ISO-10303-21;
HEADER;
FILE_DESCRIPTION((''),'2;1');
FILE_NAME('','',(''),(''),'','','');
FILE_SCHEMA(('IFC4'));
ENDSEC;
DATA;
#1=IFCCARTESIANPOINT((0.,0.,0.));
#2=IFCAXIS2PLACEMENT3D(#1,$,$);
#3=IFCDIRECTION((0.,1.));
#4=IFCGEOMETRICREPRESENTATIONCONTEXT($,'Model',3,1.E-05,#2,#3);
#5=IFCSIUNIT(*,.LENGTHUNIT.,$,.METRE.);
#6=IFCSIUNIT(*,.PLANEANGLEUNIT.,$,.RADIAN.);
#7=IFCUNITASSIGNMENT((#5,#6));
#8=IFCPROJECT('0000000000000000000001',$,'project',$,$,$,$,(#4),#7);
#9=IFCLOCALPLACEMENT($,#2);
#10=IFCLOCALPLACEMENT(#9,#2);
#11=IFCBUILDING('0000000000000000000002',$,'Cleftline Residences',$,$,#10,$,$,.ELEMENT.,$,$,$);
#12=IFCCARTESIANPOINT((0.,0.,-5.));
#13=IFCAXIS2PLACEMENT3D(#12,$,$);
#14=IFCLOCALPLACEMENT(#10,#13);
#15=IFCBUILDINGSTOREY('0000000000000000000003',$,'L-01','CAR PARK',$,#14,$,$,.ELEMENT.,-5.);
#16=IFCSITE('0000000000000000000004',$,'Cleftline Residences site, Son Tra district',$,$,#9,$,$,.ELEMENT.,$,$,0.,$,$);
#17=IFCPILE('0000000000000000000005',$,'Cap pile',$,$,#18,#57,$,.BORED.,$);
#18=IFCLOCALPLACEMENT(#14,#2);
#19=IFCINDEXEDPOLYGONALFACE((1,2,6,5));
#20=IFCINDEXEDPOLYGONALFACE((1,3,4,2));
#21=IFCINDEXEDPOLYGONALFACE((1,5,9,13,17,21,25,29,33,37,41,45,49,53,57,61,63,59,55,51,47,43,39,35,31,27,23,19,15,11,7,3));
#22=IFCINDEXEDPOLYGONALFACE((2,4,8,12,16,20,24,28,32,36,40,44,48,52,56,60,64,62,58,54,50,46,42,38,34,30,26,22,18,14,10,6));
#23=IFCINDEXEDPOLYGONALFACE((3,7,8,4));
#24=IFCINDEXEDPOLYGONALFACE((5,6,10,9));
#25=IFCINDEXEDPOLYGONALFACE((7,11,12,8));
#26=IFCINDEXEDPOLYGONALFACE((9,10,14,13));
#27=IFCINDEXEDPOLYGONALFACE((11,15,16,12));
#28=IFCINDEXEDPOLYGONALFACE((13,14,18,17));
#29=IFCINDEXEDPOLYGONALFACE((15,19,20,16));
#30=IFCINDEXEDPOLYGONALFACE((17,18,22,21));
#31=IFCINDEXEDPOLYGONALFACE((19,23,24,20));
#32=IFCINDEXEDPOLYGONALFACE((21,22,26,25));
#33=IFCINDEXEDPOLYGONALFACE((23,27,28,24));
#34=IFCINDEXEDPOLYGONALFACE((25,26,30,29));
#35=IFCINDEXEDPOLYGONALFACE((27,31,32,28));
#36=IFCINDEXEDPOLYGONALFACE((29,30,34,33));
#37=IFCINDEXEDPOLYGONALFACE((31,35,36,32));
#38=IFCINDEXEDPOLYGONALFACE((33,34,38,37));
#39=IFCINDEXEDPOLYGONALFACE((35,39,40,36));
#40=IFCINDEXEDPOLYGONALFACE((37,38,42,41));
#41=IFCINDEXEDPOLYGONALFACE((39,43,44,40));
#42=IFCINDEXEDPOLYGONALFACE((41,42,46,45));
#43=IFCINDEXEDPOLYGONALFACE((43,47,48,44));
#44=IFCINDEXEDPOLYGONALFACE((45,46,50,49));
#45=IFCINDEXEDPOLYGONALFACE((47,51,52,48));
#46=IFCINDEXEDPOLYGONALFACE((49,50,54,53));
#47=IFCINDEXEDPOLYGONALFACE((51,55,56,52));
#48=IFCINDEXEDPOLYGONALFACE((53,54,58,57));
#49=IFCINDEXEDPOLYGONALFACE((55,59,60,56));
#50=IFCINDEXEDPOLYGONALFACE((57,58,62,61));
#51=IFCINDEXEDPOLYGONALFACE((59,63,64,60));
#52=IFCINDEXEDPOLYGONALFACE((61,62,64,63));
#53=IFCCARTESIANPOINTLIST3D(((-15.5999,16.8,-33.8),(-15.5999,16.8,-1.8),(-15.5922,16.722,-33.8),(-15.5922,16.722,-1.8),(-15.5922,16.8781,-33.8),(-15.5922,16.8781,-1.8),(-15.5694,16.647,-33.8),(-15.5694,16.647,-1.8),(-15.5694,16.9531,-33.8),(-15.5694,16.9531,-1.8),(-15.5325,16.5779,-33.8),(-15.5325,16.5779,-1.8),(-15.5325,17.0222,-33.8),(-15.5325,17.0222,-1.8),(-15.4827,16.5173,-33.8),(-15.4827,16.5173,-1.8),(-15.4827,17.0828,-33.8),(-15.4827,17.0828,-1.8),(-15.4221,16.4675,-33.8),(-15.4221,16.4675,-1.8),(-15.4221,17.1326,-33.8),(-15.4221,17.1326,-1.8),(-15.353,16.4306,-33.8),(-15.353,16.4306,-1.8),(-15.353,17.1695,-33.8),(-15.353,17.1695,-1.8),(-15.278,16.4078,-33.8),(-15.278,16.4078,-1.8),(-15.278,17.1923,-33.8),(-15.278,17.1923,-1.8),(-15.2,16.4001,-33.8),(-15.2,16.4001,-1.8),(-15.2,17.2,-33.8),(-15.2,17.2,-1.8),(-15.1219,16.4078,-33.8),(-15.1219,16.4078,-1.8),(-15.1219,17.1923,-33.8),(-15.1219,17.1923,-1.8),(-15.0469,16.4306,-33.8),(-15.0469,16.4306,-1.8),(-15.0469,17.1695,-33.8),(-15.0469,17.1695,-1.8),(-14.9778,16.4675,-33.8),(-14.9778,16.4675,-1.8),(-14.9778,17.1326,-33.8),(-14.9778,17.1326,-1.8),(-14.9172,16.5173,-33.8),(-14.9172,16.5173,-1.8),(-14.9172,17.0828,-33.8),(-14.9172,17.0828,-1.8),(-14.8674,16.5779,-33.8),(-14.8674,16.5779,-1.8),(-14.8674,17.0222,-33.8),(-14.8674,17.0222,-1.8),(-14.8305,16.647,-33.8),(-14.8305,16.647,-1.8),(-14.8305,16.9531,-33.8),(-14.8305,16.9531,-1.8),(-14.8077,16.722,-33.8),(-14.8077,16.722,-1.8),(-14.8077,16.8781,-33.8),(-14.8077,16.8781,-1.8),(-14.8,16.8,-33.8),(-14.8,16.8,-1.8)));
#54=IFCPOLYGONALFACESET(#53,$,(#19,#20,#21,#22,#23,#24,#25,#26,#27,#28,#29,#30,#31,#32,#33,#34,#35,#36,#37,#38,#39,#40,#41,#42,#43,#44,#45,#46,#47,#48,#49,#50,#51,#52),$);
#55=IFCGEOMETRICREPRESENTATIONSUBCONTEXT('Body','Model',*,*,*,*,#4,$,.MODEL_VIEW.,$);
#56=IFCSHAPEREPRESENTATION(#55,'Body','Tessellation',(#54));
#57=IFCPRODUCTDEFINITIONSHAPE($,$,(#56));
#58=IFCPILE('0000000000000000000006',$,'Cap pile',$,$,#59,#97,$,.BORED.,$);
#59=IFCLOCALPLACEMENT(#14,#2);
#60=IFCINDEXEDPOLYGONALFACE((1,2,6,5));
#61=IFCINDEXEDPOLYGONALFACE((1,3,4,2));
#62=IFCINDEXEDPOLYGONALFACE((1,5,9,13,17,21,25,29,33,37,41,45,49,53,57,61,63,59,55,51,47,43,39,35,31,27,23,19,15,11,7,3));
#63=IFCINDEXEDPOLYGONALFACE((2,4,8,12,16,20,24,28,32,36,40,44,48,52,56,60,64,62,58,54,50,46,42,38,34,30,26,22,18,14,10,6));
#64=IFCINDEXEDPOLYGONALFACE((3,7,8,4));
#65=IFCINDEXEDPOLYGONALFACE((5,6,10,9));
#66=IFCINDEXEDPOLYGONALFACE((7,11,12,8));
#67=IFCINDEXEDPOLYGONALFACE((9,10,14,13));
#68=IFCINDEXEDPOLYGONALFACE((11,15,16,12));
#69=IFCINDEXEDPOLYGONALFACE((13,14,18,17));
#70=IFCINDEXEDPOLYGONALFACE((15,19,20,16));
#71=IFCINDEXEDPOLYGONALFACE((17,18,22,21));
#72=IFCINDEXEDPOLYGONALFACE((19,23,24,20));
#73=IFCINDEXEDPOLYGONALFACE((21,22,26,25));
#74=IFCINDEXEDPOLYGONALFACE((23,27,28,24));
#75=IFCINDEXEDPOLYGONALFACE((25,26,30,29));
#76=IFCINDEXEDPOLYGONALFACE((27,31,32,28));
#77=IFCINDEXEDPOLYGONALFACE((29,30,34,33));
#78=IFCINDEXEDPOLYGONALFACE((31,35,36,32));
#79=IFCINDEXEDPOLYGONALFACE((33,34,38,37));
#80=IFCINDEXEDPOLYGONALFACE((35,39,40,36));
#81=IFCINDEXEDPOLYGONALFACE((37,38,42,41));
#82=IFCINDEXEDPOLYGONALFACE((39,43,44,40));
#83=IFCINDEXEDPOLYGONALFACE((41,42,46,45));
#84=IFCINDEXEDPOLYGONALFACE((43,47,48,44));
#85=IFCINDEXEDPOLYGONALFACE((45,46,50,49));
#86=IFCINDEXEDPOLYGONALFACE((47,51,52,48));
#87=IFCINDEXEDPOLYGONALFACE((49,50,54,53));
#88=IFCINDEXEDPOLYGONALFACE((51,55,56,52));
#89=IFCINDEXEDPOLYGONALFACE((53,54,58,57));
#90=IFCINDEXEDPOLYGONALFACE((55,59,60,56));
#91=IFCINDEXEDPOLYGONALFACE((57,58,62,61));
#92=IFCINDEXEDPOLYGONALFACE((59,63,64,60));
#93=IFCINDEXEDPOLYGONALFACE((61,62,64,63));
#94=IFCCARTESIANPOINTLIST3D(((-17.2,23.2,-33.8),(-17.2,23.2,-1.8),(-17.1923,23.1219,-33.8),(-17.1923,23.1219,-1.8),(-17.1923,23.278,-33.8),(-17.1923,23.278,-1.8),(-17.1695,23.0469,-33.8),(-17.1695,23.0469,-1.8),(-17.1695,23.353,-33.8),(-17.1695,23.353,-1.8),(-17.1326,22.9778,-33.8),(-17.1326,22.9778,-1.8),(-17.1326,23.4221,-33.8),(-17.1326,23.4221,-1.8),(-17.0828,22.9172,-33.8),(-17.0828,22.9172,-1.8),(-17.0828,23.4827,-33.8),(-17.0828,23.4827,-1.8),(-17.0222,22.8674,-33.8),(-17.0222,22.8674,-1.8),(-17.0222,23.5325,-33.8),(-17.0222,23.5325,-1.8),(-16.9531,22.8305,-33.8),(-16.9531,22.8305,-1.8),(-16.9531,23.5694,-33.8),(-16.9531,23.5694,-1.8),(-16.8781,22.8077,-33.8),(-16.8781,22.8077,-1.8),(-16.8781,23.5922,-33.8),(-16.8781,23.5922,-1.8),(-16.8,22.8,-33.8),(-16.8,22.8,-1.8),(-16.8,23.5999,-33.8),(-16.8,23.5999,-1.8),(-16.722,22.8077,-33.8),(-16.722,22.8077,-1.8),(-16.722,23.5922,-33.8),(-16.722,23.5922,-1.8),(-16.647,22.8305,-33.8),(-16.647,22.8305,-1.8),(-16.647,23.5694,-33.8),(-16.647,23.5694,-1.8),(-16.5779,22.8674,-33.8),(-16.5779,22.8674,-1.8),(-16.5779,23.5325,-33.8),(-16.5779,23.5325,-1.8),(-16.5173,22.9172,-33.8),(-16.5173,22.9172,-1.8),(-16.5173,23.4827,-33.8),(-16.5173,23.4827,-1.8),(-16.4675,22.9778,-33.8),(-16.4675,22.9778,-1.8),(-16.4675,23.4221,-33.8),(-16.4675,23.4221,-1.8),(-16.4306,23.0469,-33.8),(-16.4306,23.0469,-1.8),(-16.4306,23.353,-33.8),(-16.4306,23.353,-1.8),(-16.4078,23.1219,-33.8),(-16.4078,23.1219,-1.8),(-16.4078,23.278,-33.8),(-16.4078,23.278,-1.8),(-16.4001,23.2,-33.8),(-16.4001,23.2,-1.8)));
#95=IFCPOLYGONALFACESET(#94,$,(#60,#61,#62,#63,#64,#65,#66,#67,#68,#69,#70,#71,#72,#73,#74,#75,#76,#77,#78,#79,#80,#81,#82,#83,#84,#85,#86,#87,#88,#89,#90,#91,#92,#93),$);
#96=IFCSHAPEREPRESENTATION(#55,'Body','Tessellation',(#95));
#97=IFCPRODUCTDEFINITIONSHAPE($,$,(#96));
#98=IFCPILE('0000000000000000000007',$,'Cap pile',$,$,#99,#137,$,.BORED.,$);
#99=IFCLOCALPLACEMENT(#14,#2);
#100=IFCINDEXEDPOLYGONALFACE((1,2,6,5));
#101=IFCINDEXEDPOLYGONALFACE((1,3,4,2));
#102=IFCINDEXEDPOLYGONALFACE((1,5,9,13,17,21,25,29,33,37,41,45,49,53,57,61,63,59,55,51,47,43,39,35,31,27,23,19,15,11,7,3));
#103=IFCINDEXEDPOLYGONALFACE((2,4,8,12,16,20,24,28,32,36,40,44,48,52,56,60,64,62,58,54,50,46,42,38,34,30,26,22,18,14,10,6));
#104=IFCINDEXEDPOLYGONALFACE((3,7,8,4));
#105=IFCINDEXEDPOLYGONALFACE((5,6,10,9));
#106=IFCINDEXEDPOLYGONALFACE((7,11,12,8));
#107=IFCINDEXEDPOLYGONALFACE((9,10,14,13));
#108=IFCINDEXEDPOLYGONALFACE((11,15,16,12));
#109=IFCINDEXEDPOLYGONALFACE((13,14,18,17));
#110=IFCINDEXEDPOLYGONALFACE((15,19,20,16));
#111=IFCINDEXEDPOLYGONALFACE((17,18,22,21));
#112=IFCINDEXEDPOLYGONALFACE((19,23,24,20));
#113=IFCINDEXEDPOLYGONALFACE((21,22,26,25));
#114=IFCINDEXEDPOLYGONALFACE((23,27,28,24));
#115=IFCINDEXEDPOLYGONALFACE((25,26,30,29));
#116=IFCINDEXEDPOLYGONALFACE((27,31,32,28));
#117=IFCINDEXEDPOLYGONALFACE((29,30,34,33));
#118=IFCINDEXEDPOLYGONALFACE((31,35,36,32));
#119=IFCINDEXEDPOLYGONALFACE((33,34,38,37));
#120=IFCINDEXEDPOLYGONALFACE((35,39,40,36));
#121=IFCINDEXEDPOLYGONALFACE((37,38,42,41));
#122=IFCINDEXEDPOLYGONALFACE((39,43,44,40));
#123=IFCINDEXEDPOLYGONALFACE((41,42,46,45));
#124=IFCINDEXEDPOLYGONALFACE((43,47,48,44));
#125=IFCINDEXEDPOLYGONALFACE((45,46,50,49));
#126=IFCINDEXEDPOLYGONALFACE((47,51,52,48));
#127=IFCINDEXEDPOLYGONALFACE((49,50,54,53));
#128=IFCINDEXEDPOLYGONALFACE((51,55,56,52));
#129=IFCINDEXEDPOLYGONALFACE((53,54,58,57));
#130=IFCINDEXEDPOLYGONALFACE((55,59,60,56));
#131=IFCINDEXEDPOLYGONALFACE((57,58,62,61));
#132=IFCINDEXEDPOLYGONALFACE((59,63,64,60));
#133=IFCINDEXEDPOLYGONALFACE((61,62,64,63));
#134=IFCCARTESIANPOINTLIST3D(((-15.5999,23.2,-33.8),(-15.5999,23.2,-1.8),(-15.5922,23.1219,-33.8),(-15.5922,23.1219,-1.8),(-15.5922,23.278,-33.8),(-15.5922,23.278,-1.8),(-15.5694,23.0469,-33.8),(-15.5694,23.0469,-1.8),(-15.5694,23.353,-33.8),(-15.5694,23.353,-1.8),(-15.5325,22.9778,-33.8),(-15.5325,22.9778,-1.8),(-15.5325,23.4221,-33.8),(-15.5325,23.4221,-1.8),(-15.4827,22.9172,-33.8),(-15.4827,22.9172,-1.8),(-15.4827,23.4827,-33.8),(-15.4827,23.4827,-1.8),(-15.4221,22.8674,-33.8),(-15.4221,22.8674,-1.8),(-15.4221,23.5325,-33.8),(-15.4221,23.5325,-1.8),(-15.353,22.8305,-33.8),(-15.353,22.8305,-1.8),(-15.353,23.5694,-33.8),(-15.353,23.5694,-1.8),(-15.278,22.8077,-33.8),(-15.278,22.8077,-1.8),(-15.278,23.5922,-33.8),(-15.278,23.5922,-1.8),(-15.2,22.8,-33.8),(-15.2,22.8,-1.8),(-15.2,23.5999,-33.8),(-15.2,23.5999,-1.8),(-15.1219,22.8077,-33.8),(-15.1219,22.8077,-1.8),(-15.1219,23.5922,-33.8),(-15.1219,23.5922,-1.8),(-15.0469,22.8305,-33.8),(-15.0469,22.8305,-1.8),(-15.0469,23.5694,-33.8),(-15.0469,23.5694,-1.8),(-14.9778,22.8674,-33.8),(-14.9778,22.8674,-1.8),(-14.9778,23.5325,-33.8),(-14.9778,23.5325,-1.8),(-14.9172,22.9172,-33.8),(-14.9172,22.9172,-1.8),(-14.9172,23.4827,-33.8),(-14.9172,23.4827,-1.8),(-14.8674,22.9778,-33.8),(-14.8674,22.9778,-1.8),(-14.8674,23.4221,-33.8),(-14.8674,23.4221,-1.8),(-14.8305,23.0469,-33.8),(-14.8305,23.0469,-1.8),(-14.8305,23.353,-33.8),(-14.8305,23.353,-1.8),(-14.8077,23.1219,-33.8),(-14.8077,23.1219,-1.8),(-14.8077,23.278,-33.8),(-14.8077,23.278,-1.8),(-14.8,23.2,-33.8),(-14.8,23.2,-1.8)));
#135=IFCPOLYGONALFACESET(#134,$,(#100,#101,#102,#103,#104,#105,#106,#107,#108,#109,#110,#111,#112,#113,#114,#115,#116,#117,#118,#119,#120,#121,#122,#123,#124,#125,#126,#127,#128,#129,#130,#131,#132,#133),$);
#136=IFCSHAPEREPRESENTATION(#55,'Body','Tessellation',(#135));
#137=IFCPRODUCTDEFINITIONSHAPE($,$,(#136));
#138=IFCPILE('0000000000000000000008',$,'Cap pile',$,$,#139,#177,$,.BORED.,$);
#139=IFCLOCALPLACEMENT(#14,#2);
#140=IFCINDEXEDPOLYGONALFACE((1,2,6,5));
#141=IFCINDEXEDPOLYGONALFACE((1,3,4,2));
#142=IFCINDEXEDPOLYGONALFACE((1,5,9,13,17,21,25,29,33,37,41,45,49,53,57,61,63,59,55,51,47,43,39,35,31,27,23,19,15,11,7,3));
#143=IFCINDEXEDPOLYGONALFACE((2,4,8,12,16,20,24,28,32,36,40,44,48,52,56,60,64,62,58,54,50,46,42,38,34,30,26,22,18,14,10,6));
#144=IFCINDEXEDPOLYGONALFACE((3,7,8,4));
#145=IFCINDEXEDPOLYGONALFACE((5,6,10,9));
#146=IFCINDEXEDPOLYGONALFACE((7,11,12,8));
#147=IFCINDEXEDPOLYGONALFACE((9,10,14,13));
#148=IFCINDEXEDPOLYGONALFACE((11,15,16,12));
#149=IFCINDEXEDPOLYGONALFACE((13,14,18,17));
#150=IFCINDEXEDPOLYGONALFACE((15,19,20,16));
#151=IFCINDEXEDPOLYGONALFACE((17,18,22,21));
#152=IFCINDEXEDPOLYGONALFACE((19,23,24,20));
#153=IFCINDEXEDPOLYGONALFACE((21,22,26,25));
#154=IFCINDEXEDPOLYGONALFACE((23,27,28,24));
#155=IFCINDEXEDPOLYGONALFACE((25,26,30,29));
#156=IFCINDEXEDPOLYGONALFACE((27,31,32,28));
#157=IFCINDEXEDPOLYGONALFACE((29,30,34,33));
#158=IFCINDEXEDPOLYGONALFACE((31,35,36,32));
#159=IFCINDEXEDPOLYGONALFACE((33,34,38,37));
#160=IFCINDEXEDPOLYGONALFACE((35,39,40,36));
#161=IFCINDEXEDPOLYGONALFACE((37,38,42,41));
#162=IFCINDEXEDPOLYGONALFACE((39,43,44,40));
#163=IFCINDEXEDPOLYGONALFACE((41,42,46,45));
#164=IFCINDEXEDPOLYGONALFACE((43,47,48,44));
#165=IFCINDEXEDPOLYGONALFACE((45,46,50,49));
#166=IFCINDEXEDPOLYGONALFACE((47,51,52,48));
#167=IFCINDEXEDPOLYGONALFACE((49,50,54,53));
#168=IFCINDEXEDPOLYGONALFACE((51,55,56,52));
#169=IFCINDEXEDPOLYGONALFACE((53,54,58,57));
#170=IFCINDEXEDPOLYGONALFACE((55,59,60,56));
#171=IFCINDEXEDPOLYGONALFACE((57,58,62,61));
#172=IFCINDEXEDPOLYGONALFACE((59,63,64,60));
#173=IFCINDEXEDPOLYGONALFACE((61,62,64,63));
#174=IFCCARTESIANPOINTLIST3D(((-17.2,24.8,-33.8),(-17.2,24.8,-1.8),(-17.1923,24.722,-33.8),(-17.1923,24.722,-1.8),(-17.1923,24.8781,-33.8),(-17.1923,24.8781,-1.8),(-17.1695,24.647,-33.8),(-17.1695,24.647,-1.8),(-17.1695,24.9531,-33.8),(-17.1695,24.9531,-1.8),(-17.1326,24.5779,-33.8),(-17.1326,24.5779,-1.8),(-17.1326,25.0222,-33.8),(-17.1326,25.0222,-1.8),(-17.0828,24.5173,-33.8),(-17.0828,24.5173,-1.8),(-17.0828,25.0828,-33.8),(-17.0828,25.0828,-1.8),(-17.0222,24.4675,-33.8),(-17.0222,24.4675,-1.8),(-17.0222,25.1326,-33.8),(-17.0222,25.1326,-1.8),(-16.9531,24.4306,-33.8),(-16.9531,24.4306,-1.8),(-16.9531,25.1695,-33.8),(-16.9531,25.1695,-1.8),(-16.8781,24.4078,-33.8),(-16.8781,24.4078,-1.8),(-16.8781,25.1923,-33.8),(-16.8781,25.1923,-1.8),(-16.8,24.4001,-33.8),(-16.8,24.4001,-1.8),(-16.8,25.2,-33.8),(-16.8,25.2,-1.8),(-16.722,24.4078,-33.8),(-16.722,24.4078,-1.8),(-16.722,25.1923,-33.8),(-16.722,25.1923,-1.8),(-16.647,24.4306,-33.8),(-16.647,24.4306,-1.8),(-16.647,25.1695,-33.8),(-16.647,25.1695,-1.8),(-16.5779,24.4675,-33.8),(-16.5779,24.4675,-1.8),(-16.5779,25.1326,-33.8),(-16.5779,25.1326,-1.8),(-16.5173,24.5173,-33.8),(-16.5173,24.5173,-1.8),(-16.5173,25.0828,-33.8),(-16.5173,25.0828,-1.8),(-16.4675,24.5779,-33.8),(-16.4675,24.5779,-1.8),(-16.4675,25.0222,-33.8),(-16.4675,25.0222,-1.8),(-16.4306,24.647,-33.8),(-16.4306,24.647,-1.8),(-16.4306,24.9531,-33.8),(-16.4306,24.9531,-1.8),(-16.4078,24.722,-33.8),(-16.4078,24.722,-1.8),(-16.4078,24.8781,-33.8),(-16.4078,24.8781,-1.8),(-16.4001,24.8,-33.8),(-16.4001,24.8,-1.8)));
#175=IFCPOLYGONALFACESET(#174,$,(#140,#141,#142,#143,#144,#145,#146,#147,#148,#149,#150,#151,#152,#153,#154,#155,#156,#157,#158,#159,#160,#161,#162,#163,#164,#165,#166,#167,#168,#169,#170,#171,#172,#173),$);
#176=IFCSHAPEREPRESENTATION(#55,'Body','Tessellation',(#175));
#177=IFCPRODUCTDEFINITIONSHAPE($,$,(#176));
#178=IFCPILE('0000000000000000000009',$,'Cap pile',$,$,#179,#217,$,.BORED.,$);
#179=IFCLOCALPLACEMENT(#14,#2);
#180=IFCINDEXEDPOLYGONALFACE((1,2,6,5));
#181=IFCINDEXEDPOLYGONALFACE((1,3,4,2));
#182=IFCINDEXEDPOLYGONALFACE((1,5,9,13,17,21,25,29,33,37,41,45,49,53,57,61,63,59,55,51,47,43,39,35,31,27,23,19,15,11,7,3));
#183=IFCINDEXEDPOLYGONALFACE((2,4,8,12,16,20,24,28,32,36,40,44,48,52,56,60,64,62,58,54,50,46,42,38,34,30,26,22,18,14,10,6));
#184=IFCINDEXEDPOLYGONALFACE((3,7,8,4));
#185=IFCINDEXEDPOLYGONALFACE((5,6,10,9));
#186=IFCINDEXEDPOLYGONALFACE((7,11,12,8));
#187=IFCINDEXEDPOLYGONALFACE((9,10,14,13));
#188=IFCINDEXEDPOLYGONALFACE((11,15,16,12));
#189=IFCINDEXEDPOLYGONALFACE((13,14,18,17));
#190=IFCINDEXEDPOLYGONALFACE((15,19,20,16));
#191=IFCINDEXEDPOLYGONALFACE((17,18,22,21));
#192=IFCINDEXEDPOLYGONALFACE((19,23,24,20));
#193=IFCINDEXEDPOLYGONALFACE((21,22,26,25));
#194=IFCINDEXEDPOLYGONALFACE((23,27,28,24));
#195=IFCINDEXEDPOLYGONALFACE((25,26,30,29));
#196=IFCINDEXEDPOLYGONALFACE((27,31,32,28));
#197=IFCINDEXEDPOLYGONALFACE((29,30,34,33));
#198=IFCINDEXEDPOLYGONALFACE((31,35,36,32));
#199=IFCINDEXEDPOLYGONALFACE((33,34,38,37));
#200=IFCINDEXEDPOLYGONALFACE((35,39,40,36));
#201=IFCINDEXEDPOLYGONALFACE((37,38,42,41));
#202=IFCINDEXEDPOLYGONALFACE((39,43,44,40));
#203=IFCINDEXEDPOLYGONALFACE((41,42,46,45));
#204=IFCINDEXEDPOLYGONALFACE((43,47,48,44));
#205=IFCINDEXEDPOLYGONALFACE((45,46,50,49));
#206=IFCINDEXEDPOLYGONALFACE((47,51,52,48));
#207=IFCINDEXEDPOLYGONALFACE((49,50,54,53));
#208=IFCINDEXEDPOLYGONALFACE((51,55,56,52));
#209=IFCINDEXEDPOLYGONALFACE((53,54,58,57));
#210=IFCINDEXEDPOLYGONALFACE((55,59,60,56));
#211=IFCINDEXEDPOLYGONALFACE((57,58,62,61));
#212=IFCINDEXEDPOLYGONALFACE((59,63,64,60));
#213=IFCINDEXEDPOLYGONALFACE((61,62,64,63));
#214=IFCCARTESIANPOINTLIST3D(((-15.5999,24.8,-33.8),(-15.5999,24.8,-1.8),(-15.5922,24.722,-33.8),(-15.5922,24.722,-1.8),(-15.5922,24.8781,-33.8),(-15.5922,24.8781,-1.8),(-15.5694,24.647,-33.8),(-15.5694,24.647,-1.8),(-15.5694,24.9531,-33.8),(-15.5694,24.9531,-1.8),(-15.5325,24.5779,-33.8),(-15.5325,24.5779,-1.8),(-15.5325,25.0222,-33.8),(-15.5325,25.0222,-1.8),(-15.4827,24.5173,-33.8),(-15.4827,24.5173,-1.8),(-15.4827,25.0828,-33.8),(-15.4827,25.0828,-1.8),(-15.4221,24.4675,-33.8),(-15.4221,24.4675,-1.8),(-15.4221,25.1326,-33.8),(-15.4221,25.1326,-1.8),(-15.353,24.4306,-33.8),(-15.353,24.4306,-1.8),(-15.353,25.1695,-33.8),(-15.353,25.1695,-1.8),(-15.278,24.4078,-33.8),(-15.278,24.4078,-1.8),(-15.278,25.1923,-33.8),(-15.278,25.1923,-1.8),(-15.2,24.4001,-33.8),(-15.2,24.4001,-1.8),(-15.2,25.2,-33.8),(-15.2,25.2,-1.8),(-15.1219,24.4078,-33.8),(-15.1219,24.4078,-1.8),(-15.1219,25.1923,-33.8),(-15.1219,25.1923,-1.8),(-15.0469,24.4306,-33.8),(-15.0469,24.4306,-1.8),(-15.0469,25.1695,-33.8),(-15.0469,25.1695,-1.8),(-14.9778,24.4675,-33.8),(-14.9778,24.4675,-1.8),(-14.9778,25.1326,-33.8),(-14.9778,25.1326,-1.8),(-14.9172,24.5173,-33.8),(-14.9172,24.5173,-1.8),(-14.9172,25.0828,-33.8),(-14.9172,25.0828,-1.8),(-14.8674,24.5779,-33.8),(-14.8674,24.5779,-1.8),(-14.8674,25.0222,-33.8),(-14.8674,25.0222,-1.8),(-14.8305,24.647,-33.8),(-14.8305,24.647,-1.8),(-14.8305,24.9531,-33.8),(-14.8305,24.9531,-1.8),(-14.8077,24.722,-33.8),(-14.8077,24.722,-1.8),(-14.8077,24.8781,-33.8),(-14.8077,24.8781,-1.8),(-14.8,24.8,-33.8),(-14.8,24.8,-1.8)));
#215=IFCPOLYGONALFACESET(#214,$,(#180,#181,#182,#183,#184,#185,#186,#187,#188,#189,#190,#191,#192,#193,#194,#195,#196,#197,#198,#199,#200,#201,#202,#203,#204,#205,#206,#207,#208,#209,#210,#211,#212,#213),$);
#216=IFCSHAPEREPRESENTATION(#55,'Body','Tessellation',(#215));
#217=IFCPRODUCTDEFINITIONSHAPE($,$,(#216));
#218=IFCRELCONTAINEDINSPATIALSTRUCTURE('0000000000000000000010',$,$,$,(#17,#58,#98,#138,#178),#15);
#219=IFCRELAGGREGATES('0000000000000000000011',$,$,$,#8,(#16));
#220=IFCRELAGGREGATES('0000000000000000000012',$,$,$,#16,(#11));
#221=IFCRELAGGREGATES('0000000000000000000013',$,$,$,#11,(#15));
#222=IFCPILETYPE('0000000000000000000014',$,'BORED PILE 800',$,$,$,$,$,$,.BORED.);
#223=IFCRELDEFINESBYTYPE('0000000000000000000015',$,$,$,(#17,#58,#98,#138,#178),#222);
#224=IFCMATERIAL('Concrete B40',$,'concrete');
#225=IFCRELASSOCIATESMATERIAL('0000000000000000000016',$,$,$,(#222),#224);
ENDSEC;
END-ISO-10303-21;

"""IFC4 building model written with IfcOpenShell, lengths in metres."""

from ifc_helpers import new_model, si_unit, direction, frame, origin, origin_2d, place, context, subcontext, project, spatial, circle, extrude, material, material_profile, profile_set, type_object, element, save


model = new_model("IFC4")

# Units and contexts
model_context = context("Model", 3, precision=1e-05, world=origin(), true_north=direction((0.0, 1.0)))
body_context = subcontext(model_context, "Body", "Model", "MODEL_VIEW")
ifc_project = project(units=[si_unit("LENGTHUNIT", "METRE"), si_unit("PLANEANGLEUNIT", "RADIAN")], contexts=[model_context])

# Site, building, storey
site_placement = place(None, origin())
site = spatial("IfcSite", under=ifc_project, at=site_placement, Name="Cleftline Residences site, Son Tra district", CompositionType="ELEMENT", RefElevation=0.0)
building_placement = place(site_placement, origin())
building = spatial("IfcBuilding", under=site, at=building_placement, Name="Cleftline Residences", CompositionType="ELEMENT")
storey_placement = place(building_placement, frame((0.0, 0.0, -5.0)))
storey = spatial("IfcBuildingStorey", under=building, at=storey_placement, Name="L-01", Description="CAR PARK", CompositionType="ELEMENT", Elevation=-5.0)

# Piles
ifc_material_1 = material(Name="Concrete B40", Category="concrete")
ifc_material_profile_1 = material_profile(ifc_material_1, circle(Radius=0.3999, at=origin_2d()))
ifc_profile_set_1 = profile_set([ifc_material_profile_1], Name="Concrete B40")
pile_type_1 = type_object("IfcPileType", Name="BORED PILE 800", PredefinedType="BORED", material=ifc_profile_set_1)
for number, where, z_axis, x_axis, name in (
    (1, (-15.2, 16.8, -1.8), (0.0, 0.0, -1.0), (1.0, 0.0, 0.0), "Cap pile"),
    (2, (-16.8, 23.2, -1.8), (0.0, 0.0, -1.0), (1.0, 0.0, 0.0), "Cap pile"),
    (3, (-15.2, 23.2, -1.8), (0.0, 0.0, -1.0), (1.0, 0.0, 0.0), "Cap pile"),
    (4, (-16.8, 24.8, -1.8), (0.0, 0.0, -1.0), (1.0, 0.0, 0.0), "Cap pile"),
    (5, (-15.2, 24.8, -1.8), (0.0, 0.0, -1.0), (1.0, 0.0, 0.0), "Cap pile"),
):
    element("IfcPile", number, at=place(storey_placement, frame(where, z_axis=z_axis, x_axis=x_axis)), inside=storey, type_object=pile_type_1, Name=name, PredefinedType="BORED", context=body_context, shape_type="SweptSolid", body=[
        extrude(circle(Radius=0.3999, at=origin_2d()), origin(), (0.0, 0.0, 1.0), 32.0),
    ])

save(model, "model.ifc")
